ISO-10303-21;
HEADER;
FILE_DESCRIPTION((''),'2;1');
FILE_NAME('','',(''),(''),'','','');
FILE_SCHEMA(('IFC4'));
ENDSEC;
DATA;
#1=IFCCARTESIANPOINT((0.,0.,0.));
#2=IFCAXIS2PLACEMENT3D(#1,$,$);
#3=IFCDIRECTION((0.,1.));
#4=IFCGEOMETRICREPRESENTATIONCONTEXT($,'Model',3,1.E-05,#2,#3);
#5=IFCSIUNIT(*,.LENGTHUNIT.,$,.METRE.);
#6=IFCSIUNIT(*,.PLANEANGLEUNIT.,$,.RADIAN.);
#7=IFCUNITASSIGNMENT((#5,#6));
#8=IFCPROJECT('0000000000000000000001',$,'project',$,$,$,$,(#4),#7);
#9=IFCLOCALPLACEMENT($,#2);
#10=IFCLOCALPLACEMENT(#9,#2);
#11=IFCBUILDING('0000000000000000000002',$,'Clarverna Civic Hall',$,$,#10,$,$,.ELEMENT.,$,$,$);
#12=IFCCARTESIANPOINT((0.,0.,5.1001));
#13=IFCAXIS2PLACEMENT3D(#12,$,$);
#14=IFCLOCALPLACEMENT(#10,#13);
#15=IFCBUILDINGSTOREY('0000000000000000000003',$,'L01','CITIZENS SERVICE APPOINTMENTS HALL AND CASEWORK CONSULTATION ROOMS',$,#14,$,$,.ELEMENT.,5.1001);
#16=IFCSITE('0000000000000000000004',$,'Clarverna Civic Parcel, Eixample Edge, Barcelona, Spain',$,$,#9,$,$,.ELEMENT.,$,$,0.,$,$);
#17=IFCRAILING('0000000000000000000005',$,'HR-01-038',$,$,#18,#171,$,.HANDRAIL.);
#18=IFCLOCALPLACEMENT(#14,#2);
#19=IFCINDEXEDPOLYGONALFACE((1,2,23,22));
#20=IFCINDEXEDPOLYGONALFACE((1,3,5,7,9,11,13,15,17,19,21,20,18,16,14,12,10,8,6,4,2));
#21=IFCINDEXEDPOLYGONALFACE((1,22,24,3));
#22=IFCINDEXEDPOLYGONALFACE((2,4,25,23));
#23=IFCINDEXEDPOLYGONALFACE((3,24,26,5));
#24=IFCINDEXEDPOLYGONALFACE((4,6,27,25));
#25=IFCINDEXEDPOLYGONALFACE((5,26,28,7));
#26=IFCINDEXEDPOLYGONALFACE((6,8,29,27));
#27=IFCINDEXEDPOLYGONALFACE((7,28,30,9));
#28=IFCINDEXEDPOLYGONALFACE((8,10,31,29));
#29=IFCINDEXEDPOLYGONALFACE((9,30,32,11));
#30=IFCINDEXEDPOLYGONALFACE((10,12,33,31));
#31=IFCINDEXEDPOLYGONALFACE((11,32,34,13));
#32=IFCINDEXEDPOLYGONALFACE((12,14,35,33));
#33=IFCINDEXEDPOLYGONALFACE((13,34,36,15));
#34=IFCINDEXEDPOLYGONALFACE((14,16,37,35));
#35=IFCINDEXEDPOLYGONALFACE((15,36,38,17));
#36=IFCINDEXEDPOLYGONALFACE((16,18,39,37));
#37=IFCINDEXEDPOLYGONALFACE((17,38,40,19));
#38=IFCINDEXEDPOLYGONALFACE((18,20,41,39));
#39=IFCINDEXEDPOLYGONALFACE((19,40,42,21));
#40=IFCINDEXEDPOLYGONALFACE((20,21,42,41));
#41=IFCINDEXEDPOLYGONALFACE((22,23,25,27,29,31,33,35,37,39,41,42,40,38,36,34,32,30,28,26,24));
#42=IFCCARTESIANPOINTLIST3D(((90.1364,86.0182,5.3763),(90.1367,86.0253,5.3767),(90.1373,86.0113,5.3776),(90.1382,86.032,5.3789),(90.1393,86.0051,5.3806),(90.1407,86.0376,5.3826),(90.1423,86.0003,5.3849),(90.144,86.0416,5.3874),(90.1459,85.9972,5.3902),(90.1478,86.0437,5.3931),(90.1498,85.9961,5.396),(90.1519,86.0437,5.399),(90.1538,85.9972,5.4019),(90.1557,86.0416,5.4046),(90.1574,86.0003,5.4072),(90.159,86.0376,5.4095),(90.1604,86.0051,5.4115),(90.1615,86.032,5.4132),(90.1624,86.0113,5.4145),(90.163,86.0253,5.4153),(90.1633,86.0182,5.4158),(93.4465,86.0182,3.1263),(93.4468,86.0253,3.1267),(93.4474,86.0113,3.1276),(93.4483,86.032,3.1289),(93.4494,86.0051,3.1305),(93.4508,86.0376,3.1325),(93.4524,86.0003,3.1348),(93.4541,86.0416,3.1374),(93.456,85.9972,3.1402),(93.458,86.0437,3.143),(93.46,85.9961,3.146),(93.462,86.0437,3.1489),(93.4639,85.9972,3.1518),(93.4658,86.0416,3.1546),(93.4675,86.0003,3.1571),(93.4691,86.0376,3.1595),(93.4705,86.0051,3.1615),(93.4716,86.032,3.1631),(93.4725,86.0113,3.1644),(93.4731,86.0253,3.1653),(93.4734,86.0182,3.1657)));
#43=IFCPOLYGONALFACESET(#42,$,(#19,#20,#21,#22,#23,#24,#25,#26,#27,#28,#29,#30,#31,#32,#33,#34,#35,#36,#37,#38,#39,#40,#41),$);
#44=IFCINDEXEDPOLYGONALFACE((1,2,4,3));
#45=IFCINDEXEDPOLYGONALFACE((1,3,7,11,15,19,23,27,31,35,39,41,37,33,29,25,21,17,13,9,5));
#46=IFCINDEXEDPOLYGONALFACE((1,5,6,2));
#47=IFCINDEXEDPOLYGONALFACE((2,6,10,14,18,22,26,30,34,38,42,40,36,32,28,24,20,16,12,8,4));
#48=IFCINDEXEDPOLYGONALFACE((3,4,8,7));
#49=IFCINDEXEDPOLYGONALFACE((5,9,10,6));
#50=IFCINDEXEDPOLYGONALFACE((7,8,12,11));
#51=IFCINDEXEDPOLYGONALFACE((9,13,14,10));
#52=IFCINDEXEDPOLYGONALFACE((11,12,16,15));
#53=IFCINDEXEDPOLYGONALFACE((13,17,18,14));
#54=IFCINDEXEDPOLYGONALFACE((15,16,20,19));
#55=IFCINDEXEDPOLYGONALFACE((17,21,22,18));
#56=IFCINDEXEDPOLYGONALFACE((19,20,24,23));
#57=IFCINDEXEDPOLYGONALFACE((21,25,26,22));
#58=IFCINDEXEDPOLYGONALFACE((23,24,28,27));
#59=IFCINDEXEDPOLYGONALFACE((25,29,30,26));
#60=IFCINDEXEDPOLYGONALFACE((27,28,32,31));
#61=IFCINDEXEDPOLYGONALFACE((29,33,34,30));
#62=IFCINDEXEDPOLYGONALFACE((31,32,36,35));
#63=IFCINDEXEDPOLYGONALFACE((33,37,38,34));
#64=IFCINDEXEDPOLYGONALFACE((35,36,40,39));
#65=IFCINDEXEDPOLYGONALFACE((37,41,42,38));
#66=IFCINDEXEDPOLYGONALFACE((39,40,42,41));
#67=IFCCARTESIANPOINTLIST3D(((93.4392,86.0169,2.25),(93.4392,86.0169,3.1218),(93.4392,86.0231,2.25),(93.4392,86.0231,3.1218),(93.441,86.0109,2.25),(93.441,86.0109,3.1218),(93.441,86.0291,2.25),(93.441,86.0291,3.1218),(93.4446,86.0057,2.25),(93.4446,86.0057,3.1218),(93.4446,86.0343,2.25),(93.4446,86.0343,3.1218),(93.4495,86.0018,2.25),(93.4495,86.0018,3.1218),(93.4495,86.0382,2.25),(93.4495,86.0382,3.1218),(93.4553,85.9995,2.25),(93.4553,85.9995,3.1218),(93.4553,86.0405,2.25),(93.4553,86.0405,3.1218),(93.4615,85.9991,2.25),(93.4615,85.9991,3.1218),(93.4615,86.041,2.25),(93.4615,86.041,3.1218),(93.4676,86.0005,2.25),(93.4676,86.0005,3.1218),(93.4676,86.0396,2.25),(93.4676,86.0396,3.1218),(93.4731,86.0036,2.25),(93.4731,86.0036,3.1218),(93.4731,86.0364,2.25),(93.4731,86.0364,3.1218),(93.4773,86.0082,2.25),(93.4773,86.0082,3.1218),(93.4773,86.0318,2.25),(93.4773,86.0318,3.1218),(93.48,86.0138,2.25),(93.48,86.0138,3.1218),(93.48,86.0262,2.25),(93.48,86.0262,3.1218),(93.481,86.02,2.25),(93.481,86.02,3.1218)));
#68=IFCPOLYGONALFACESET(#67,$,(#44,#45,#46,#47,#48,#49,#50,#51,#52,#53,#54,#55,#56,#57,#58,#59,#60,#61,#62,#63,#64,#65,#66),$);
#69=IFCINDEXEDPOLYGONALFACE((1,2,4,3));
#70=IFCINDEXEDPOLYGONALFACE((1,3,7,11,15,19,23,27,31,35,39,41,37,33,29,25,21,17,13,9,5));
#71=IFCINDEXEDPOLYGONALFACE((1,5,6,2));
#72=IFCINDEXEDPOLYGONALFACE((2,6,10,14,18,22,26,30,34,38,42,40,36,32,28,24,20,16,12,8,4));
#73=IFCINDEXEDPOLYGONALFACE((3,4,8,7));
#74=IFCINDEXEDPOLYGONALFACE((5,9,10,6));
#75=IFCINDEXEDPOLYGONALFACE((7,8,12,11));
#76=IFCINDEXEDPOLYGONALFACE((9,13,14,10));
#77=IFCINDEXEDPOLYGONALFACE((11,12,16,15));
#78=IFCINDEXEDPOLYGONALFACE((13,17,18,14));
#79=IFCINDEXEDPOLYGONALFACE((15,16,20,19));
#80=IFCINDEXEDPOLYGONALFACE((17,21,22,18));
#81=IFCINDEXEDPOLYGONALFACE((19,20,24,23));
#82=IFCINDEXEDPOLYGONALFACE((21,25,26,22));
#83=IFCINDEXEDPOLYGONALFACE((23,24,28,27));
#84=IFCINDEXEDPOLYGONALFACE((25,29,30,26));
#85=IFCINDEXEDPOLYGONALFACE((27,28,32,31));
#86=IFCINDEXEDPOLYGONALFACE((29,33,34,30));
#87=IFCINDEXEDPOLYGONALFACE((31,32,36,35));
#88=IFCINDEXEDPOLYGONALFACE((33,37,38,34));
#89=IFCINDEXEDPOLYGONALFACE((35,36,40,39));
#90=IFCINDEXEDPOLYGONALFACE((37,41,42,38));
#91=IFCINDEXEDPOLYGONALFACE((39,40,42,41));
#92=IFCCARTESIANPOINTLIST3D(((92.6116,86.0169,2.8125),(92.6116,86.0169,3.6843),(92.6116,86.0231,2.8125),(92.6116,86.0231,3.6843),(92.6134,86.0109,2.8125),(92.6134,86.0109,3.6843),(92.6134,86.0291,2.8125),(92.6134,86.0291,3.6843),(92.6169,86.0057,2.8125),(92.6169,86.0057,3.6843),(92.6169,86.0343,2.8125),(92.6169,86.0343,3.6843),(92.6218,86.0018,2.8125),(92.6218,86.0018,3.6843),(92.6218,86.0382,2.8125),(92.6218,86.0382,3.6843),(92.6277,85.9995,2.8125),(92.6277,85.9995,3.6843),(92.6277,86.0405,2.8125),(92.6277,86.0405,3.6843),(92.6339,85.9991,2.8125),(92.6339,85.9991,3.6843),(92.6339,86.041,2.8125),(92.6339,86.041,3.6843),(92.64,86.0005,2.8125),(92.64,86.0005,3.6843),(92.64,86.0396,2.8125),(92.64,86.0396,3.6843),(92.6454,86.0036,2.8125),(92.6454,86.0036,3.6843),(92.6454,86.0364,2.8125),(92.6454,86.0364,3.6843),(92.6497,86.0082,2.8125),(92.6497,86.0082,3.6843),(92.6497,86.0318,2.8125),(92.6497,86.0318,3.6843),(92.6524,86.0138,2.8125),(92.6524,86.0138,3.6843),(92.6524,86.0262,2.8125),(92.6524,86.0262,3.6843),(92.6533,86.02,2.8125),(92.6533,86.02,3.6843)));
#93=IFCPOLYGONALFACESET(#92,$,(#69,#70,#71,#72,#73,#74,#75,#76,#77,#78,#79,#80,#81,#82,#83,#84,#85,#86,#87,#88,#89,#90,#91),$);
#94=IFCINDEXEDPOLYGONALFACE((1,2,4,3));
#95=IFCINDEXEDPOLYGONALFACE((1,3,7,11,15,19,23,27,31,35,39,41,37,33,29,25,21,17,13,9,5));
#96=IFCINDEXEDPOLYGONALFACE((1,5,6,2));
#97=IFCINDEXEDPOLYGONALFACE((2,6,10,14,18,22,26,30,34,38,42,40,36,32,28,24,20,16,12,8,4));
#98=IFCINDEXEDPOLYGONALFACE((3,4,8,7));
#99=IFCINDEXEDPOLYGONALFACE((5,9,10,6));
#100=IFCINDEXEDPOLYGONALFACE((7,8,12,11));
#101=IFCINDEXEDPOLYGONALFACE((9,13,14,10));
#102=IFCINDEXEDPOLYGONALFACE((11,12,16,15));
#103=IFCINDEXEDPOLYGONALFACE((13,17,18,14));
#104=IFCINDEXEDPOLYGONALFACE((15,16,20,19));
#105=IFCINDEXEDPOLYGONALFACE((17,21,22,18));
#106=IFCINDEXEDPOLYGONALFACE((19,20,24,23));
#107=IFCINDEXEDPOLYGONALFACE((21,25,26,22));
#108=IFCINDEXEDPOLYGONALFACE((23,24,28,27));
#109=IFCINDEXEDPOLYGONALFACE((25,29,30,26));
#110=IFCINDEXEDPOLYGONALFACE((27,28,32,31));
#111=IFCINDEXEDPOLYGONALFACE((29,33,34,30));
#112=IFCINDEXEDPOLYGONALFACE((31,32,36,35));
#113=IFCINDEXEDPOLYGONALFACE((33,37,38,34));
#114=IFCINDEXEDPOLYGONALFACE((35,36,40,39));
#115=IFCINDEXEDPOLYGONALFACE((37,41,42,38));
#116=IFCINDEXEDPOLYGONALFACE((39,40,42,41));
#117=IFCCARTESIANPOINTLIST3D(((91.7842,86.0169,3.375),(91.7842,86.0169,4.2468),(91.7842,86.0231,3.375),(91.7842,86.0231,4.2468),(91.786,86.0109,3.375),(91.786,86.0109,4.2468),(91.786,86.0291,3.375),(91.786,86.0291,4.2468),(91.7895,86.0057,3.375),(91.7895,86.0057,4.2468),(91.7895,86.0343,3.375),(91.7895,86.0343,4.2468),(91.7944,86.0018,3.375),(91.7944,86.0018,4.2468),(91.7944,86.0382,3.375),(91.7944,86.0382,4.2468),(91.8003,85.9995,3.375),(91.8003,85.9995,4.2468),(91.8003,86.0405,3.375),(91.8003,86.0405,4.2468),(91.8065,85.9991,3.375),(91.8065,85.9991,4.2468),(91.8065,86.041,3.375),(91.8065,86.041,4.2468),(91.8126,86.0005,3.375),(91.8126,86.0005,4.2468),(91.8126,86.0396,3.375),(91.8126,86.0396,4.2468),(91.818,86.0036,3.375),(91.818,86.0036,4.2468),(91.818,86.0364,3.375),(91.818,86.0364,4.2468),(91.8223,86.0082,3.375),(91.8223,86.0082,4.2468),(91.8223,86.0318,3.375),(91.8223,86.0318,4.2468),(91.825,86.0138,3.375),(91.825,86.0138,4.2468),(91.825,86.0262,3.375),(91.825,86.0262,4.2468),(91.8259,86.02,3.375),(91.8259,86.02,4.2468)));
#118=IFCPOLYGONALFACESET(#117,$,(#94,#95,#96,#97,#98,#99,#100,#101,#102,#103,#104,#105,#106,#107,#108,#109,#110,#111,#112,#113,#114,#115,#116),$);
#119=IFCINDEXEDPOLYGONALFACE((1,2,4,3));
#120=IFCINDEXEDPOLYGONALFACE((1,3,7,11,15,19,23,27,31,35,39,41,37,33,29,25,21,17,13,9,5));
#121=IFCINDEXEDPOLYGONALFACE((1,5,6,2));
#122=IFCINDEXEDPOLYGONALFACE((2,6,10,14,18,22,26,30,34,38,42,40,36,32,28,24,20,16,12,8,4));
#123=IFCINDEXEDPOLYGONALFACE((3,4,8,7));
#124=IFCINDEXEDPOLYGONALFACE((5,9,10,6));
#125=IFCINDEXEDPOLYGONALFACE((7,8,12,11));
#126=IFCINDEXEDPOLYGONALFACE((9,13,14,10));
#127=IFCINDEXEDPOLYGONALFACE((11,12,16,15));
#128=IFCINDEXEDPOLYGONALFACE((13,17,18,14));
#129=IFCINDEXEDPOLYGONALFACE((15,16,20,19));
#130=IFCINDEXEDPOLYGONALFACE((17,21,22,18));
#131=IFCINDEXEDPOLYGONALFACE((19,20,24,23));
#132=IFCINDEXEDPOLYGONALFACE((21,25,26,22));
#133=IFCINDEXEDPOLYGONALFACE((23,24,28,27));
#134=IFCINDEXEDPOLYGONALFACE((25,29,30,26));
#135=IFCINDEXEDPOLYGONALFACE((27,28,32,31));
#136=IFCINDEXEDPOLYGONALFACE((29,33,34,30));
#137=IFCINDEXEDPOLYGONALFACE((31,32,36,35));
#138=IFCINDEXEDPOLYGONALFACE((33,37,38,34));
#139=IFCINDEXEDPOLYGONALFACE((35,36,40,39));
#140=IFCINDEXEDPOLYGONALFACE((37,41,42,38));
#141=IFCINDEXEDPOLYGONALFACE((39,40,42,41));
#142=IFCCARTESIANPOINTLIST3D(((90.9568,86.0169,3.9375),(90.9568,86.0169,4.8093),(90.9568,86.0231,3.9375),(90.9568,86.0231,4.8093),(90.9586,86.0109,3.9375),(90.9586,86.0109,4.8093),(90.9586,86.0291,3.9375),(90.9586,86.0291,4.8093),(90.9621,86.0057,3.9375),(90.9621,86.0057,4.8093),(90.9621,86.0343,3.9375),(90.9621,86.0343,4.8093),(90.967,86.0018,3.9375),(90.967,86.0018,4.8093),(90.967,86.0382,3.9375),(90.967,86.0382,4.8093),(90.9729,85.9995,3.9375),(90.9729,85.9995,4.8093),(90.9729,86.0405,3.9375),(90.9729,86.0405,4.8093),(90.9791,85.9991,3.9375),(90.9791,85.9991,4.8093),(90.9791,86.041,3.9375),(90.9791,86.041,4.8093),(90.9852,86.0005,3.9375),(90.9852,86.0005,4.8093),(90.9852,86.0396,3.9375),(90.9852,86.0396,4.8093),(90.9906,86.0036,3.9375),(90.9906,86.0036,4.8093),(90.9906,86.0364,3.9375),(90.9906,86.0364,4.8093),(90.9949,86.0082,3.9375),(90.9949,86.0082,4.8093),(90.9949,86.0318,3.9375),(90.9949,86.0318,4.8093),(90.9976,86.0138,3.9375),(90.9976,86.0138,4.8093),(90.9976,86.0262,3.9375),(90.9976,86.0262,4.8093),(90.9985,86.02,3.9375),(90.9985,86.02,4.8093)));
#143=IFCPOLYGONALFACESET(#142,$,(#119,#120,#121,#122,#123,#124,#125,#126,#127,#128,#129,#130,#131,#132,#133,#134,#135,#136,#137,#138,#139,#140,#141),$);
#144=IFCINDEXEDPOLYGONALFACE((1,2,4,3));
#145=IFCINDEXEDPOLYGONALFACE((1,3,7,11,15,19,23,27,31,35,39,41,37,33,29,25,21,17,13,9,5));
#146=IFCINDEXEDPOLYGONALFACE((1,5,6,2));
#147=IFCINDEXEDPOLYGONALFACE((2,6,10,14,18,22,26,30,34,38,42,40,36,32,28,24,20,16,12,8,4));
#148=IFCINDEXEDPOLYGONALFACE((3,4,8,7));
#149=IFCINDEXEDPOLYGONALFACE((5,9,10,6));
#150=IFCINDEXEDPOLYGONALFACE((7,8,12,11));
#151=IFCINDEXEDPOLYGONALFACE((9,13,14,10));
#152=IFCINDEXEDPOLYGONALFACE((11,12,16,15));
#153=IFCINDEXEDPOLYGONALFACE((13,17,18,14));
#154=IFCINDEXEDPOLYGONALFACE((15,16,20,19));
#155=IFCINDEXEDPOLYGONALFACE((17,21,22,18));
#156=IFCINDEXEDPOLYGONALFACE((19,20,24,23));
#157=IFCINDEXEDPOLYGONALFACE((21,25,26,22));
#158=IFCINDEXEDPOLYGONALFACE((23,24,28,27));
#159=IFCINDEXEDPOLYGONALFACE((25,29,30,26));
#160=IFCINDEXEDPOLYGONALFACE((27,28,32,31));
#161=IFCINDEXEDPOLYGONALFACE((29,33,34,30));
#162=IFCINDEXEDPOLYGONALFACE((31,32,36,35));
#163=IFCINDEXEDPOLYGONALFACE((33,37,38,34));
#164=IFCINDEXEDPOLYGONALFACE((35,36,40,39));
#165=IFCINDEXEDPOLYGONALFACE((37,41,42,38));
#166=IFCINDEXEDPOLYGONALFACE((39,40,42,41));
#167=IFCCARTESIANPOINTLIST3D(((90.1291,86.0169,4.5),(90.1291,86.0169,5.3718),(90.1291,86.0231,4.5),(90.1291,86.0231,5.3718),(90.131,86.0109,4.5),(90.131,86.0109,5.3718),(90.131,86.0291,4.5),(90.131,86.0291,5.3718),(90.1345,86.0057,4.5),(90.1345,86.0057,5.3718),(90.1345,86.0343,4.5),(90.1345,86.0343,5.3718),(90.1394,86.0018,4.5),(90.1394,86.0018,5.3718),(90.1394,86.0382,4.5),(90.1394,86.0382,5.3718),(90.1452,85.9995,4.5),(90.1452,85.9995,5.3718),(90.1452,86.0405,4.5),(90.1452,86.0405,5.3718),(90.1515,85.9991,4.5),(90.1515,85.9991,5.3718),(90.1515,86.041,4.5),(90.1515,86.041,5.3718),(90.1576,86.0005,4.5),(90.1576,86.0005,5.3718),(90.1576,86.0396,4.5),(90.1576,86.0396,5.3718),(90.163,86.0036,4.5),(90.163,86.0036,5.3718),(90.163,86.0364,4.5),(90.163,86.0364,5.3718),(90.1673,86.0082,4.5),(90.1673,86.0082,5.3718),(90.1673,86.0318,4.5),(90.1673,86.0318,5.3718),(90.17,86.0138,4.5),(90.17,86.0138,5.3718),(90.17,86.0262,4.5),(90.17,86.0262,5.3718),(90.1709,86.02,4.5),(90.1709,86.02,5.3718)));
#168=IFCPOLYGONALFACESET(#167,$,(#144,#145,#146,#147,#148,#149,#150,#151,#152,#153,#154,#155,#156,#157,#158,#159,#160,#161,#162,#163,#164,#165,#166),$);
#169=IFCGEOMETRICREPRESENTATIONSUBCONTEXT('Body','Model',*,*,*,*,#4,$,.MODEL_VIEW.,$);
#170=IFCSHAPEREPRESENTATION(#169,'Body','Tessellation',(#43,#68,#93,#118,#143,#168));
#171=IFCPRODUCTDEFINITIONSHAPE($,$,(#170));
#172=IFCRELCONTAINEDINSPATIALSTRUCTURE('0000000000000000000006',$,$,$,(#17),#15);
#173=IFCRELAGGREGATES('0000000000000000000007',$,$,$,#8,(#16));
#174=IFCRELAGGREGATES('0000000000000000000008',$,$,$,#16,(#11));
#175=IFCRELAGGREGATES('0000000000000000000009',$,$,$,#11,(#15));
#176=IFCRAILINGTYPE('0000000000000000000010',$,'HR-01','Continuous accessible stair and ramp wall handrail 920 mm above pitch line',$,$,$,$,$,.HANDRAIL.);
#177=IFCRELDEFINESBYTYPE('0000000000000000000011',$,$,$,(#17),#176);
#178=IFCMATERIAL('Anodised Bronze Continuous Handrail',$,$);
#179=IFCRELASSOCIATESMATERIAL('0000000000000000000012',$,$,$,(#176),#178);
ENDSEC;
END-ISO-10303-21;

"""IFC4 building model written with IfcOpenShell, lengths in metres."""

from ifc_helpers import new_model, si_unit, direction, frame, origin, origin_2d, place, context, subcontext, project, spatial, circle, extrude, material, type_object, element, save


model = new_model("IFC4")

# Units and contexts
model_context = context("Model", 3, precision=1e-05, world=origin(), true_north=direction((0.0, 1.0)))
body_context = subcontext(model_context, "Body", "Model", "MODEL_VIEW")
ifc_project = project(units=[si_unit("LENGTHUNIT", "METRE"), si_unit("PLANEANGLEUNIT", "RADIAN")], contexts=[model_context])

# Site, building, storey
site_placement = place(None, origin())
site = spatial("IfcSite", under=ifc_project, at=site_placement, Name="Clarverna Civic Parcel, Eixample Edge, Barcelona, Spain", CompositionType="ELEMENT", RefElevation=0.0)
building_placement = place(site_placement, origin())
building = spatial("IfcBuilding", under=site, at=building_placement, Name="Clarverna Civic Hall", CompositionType="ELEMENT")
storey_placement = place(building_placement, frame((0.0, 0.0, 5.1001)))
storey = spatial("IfcBuildingStorey", under=building, at=storey_placement, Name="L01", Description="CITIZENS SERVICE APPOINTMENTS HALL AND CASEWORK CONSULTATION ROOMS", CompositionType="ELEMENT", Elevation=5.1001)

# Railing
ifc_material_1 = material(Name="Anodised Bronze Continuous Handrail")
railing_type_1 = type_object("IfcRailingType", Name="HR-01", Description="Continuous accessible stair and ramp wall handrail 920 mm above pitch line", PredefinedType="HANDRAIL", material=ifc_material_1)
railing_1_placement = place(storey_placement, frame((93.46, 86.02, 2.25)))
element("IfcRailing", 1, at=railing_1_placement, inside=storey, type_object=railing_type_1, Name="HR-01-038", PredefinedType="HANDRAIL", context=body_context, shape_type="SweptSolid", body=[
    extrude(circle(Radius=0.0239, at=origin_2d()), frame((0.0, 0.0, 0.896), z_axis=(-0.827024, 0.0, 0.562167), x_axis=(0.0, -1.0, 0.0)), (0.0, 0.0, 1.0), 4.0024),
    extrude(circle(Radius=0.021, at=origin_2d()), origin(), (0.0, 0.0, 1.0), 0.8718),
    extrude(circle(Radius=0.021, at=origin_2d()), frame((-0.8276, 0.0, 0.5625)), (0.0, 0.0, 1.0), 0.8718),
    extrude(circle(Radius=0.021, at=origin_2d()), frame((-1.655, 0.0, 1.125)), (0.0, 0.0, 1.0), 0.8718),
    extrude(circle(Radius=0.021, at=origin_2d()), frame((-2.4824, 0.0, 1.6875)), (0.0, 0.0, 1.0), 0.8718),
    extrude(circle(Radius=0.021, at=origin_2d()), frame((-3.3101, 0.0, 2.25)), (0.0, 0.0, 1.0), 0.8718),
])

save(model, "model.ifc")
